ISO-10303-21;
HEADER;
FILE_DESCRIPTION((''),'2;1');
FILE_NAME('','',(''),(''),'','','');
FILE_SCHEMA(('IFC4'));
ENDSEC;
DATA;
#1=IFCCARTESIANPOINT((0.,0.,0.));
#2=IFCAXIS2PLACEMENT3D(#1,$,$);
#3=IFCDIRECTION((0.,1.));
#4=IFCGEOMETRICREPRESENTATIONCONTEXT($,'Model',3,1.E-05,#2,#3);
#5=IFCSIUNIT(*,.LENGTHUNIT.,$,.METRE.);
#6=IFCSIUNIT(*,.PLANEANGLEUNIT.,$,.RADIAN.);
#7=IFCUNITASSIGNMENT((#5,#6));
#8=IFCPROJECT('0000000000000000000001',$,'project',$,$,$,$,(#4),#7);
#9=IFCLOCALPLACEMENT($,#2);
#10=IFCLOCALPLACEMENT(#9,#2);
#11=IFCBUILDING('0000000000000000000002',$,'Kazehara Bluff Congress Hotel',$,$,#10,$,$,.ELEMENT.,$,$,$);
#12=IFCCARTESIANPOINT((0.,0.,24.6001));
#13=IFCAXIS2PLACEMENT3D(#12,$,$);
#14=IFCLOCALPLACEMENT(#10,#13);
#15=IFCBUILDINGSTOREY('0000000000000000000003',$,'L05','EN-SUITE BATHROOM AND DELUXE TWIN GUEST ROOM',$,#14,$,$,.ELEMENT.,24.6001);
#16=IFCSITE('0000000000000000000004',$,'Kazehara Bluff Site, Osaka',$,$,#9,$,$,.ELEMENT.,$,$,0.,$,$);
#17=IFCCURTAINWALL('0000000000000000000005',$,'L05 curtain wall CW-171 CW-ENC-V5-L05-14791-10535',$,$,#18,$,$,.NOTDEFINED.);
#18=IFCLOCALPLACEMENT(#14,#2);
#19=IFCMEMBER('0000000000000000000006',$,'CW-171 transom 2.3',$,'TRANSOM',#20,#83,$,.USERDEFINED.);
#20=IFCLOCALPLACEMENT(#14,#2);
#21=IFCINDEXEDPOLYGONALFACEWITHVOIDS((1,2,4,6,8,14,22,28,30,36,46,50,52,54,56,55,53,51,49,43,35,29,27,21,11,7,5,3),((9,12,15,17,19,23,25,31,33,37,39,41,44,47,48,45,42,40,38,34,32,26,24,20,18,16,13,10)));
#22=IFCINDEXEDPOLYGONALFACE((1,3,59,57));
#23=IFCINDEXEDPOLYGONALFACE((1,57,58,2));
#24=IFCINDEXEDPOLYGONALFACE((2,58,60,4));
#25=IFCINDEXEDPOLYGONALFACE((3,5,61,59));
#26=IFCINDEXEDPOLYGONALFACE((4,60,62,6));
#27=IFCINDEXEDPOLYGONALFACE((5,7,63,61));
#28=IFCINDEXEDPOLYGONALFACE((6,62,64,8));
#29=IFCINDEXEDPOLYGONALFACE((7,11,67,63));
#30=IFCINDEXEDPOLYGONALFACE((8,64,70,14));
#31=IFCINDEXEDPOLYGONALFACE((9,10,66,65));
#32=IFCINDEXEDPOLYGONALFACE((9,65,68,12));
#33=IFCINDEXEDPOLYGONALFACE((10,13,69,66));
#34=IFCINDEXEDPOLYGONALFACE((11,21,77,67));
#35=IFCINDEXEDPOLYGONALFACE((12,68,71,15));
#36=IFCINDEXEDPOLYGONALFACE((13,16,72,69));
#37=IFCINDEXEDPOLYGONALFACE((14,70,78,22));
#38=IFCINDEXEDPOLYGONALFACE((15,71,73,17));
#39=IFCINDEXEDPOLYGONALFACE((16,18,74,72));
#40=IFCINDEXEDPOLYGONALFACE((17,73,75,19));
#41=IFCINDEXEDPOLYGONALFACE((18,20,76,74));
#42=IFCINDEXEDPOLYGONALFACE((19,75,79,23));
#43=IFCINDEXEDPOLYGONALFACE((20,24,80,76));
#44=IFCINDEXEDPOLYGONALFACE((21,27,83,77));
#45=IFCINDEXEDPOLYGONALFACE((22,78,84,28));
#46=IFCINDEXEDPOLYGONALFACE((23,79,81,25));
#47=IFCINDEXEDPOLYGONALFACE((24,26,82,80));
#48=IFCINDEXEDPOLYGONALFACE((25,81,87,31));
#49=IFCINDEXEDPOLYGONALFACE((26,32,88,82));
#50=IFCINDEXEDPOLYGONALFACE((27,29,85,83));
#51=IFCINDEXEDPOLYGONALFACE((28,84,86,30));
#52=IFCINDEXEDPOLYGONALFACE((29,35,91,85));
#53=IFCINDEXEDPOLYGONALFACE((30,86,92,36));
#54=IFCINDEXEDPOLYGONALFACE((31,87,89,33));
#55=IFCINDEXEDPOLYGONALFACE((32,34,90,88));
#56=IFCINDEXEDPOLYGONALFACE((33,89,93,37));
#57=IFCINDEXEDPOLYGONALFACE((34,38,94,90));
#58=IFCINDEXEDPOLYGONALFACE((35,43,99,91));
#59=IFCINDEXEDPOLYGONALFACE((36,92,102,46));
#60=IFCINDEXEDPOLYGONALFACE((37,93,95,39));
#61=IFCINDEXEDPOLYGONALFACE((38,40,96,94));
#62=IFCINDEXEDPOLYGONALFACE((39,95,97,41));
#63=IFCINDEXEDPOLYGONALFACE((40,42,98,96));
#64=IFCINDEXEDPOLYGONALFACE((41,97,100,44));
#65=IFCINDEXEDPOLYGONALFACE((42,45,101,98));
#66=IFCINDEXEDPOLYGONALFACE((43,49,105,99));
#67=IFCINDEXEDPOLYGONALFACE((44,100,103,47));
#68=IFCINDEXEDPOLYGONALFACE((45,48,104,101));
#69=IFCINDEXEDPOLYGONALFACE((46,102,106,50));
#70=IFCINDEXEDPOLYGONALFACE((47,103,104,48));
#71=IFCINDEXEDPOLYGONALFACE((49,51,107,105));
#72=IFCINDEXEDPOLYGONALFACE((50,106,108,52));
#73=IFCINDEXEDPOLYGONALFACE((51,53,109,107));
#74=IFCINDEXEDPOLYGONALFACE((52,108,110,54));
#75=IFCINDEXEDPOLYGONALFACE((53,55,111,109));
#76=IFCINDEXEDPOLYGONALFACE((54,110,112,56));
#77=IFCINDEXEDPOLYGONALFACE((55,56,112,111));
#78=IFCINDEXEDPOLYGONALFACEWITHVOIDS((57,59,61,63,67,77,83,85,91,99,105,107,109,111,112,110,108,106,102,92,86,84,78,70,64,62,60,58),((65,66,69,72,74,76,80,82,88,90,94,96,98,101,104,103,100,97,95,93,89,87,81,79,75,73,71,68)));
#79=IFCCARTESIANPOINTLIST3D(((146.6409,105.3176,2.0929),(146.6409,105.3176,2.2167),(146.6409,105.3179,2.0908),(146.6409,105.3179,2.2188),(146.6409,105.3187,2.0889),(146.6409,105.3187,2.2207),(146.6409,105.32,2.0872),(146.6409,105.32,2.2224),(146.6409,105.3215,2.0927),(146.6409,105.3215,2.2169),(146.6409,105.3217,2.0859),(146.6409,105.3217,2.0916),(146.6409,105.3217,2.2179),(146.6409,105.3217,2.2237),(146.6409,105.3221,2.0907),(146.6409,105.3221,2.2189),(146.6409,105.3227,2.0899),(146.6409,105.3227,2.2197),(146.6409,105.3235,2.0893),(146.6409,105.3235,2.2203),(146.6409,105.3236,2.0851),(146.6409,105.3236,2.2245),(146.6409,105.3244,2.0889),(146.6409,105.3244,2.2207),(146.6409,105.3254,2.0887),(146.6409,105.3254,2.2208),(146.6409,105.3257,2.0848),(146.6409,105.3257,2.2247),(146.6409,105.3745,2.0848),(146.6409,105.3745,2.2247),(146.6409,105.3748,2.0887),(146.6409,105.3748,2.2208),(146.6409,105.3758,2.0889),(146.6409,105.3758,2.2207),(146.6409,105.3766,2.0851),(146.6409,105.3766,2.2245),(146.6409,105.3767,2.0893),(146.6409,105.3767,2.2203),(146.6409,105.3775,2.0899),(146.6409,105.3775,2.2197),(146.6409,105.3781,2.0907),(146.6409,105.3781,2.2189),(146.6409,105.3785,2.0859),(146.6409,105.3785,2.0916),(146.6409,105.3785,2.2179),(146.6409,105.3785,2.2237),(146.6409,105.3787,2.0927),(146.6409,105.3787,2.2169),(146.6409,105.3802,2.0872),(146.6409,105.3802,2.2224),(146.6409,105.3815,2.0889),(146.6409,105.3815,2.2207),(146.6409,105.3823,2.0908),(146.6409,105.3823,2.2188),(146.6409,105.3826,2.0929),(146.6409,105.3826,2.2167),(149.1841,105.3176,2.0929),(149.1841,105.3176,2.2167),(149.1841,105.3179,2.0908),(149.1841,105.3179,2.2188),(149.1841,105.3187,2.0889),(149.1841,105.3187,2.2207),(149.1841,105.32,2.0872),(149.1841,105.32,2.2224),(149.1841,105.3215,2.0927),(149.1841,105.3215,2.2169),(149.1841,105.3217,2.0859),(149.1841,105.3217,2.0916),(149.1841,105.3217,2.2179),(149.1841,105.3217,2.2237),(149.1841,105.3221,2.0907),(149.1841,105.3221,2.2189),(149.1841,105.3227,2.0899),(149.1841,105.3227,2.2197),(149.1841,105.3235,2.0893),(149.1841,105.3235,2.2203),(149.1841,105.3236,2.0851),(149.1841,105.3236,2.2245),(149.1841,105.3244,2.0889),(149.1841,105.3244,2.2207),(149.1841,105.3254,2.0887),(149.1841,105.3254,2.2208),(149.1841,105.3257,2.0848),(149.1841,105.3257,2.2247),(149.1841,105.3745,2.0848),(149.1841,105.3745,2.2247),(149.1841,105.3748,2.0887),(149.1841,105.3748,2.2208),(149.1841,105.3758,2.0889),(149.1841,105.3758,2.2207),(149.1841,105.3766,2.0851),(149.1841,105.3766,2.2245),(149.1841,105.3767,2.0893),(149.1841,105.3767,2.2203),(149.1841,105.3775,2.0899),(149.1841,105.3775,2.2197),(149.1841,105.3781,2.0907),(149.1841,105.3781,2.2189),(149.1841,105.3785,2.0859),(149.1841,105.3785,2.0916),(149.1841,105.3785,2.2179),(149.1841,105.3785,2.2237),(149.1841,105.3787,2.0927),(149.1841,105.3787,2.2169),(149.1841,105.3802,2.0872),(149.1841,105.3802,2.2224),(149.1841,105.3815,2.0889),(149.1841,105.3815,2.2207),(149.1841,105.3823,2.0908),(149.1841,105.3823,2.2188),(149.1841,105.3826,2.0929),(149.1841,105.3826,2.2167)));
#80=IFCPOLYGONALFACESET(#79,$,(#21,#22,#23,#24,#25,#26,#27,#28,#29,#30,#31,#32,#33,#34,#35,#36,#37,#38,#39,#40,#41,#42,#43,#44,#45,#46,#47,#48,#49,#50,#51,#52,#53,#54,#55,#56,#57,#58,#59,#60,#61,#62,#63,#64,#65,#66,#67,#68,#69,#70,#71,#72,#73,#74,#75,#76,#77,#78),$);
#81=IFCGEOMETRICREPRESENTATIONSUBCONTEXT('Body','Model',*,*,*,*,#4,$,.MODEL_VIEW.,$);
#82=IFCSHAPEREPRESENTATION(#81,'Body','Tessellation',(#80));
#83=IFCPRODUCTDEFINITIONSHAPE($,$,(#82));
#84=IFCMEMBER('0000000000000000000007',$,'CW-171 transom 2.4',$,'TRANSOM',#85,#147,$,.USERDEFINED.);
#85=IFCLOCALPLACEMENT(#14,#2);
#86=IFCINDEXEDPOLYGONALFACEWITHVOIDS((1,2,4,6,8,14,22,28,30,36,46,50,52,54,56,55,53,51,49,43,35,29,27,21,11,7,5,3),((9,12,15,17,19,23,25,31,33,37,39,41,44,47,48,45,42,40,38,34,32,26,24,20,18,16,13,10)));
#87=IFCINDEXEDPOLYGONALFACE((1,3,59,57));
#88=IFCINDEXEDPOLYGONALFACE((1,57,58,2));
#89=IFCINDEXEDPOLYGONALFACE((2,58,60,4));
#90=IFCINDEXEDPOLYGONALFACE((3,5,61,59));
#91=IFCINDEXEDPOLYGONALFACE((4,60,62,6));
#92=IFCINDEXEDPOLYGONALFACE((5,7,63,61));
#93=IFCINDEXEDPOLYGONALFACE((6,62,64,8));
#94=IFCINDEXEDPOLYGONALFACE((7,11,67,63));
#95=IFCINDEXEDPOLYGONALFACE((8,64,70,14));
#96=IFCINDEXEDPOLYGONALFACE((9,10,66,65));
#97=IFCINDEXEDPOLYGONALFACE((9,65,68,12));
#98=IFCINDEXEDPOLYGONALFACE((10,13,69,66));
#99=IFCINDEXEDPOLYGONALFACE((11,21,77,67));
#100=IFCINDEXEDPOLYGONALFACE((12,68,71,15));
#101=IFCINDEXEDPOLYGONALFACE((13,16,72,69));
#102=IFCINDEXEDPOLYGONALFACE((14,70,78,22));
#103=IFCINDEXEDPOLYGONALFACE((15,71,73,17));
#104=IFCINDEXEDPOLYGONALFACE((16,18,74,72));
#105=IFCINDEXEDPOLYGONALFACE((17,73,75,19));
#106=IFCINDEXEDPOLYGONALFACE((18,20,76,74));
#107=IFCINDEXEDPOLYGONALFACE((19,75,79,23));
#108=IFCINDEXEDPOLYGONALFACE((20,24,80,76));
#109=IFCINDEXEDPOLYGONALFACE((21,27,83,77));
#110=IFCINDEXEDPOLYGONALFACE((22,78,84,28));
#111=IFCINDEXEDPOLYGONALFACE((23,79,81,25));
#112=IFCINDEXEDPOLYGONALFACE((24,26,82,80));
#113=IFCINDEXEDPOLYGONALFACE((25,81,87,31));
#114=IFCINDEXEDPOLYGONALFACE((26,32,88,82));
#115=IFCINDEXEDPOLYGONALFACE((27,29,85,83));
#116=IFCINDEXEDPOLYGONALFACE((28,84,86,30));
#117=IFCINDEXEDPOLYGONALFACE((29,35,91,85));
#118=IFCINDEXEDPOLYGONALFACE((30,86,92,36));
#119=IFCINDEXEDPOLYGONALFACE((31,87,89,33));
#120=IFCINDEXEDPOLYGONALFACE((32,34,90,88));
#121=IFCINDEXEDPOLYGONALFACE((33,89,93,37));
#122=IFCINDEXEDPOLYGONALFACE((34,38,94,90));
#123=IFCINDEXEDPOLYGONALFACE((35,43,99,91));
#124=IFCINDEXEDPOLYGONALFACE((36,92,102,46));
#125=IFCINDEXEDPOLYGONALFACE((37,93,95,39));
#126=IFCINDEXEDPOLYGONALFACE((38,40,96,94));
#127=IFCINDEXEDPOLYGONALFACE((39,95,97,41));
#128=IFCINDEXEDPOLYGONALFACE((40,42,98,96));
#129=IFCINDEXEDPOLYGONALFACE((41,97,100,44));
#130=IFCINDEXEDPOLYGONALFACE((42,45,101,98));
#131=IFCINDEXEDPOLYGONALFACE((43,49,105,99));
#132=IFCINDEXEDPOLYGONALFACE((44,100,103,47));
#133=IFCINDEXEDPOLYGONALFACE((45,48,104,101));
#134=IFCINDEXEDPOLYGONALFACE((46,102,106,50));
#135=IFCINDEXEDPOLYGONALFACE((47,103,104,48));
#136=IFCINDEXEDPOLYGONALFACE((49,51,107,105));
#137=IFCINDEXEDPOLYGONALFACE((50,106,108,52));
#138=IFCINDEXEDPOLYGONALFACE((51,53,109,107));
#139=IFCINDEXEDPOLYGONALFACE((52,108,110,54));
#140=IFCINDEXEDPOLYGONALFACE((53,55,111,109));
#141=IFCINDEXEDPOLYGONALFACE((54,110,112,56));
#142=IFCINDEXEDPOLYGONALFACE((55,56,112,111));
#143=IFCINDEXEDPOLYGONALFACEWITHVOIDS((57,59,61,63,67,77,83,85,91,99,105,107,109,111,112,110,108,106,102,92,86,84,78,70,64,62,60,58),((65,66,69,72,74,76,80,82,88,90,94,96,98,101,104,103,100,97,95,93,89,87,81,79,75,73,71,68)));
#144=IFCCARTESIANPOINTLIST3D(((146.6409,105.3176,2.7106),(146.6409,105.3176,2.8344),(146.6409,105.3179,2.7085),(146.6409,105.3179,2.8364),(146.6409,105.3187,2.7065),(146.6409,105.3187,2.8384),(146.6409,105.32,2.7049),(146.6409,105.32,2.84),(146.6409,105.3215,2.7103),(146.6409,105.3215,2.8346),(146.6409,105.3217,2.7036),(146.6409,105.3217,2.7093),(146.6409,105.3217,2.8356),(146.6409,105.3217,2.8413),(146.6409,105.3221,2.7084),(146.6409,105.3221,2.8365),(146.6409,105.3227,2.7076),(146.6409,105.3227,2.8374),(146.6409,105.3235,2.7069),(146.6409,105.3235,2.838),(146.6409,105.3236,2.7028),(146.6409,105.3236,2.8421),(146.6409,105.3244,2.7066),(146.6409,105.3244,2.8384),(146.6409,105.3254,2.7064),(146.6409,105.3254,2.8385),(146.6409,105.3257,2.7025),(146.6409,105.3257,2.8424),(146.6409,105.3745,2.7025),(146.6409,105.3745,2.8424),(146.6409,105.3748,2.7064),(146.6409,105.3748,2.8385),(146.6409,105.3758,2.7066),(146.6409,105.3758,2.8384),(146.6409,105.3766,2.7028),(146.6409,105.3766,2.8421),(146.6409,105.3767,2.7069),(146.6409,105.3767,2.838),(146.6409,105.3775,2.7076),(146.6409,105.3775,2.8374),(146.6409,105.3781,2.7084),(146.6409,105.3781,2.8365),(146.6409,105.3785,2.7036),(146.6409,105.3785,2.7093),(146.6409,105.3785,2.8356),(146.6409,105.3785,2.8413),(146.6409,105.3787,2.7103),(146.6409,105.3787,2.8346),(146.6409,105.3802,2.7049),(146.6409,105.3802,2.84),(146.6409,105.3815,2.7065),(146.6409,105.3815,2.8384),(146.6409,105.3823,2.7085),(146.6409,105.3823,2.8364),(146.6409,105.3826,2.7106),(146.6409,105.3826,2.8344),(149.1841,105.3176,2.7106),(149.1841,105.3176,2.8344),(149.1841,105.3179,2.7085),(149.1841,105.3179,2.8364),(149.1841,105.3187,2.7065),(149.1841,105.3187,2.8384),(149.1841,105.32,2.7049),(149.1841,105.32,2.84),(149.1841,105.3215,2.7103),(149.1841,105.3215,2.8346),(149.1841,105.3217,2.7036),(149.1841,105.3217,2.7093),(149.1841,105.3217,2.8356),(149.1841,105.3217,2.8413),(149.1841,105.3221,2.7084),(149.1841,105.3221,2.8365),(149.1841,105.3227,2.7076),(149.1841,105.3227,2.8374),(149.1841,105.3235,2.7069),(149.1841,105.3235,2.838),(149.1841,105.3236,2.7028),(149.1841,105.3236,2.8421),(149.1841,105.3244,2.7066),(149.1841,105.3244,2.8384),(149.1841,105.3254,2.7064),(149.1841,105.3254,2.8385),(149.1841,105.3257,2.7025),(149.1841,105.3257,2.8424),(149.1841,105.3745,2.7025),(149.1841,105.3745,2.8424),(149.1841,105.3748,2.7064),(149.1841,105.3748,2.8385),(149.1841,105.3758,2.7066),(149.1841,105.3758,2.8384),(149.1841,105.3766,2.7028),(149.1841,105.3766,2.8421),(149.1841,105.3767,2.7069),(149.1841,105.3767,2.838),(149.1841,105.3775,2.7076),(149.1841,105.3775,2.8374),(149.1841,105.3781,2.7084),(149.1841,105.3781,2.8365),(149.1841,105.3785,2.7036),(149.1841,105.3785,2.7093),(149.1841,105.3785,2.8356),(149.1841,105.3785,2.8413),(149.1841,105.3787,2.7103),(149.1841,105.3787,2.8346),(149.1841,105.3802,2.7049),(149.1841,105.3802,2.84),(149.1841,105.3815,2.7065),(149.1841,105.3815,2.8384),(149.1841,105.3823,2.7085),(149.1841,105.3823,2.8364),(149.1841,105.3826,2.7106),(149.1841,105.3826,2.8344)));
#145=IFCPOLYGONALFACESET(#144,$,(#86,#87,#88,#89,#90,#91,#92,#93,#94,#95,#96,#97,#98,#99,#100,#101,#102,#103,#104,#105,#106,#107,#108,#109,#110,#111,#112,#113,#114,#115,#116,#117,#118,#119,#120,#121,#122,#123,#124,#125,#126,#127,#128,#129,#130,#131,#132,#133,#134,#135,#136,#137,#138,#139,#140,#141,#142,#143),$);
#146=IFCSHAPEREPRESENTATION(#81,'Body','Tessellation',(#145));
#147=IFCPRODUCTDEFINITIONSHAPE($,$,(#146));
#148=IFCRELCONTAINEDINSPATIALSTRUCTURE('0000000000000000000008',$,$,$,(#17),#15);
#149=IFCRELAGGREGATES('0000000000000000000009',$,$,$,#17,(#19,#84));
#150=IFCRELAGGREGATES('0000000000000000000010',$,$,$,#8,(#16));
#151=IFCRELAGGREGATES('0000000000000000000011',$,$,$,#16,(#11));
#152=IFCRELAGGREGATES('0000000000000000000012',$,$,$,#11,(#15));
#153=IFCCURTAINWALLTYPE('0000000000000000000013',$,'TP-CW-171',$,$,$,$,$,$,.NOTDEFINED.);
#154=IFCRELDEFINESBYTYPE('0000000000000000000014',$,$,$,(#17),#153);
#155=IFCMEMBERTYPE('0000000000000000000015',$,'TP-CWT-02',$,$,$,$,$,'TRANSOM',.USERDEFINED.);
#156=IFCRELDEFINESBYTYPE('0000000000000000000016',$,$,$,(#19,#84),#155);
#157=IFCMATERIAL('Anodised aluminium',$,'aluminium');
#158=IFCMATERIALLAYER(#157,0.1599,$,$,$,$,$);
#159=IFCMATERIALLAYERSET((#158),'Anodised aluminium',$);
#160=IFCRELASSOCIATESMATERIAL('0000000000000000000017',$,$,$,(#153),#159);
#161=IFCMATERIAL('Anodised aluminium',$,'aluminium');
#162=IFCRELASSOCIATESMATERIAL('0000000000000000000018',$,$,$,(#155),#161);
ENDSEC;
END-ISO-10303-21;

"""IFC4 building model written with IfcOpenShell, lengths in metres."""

from ifc_helpers import new_model, si_unit, direction, frame, origin, origin_2d, place, context, subcontext, project, spatial, hollow_rectangle, extrude, material, layer, layer_set, material_profile, profile_set, type_object, element, aggregate, save


model = new_model("IFC4")

# Units and contexts
model_context = context("Model", 3, precision=1e-05, world=origin(), true_north=direction((0.0, 1.0)))
body_context = subcontext(model_context, "Body", "Model", "MODEL_VIEW")
ifc_project = project(units=[si_unit("LENGTHUNIT", "METRE"), si_unit("PLANEANGLEUNIT", "RADIAN")], contexts=[model_context])

# Site, building, storey
site_placement = place(None, origin())
site = spatial("IfcSite", under=ifc_project, at=site_placement, Name="Kazehara Bluff Site, Osaka", CompositionType="ELEMENT", RefElevation=0.0)
building_placement = place(site_placement, origin())
building = spatial("IfcBuilding", under=site, at=building_placement, Name="Kazehara Bluff Congress Hotel", CompositionType="ELEMENT")
storey_placement = place(building_placement, frame((0.0, 0.0, 24.6001)))
storey = spatial("IfcBuildingStorey", under=building, at=storey_placement, Name="L05", Description="EN-SUITE BATHROOM AND DELUXE TWIN GUEST ROOM", CompositionType="ELEMENT", Elevation=24.6001)

# Curtain wall
ifc_material_1 = material(Name="Anodised aluminium", Category="aluminium")
ifc_layer_1 = layer(ifc_material_1, 0.1599)
ifc_layer_set_1 = layer_set([ifc_layer_1], Name="Anodised aluminium")
curtain_wall_type_1 = type_object("IfcCurtainWallType", Name="TP-CW-171", PredefinedType="NOTDEFINED", material=ifc_layer_set_1)
curtain_wall_1_placement = place(storey_placement, origin())
curtain_wall_1 = element("IfcCurtainWall", 1, at=curtain_wall_1_placement, inside=storey, type_object=curtain_wall_type_1, Name="L05 curtain wall CW-171 CW-ENC-V5-L05-14791-10535", PredefinedType="NOTDEFINED")

# Members
ifc_material_2 = material(Name="Anodised aluminium", Category="aluminium")
ifc_material_profile_1 = material_profile(ifc_material_2, hollow_rectangle(XDim=0.0649, YDim=0.1399, WallThickness=0.0039, InnerFilletRadius=0.0039, OuterFilletRadius=0.0081, at=origin_2d()))
ifc_profile_set_1 = profile_set([ifc_material_profile_1], Name="Anodised aluminium")
member_type_1 = type_object("IfcMemberType", Name="TP-CWT-02", ElementType="TRANSOM", PredefinedType="USERDEFINED", material=ifc_profile_set_1)
member_1_placement = place(storey_placement, frame((146.6409, 105.3501, 2.1548), z_axis=(1.0, 0.0, 0.0), x_axis=(0.0, 1.0, 0.0)))
member_1 = element("IfcMember", 2, at=member_1_placement, type_object=member_type_1, Name="CW-171 transom 2.3", ObjectType="TRANSOM", PredefinedType="USERDEFINED", context=body_context, shape_type="SweptSolid", body=[
    extrude(hollow_rectangle(XDim=0.0649, YDim=0.1399, WallThickness=0.0039, InnerFilletRadius=0.0039, OuterFilletRadius=0.0081, at=origin_2d()), origin(), (0.0, 0.0, 1.0), 2.5432),
])
member_2_placement = place(storey_placement, frame((146.6409, 105.3501, 2.7725), z_axis=(1.0, 0.0, 0.0), x_axis=(0.0, 1.0, 0.0)))
member_2 = element("IfcMember", 3, at=member_2_placement, type_object=member_type_1, Name="CW-171 transom 2.4", ObjectType="TRANSOM", PredefinedType="USERDEFINED", context=body_context, shape_type="SweptSolid", body=[
    extrude(hollow_rectangle(XDim=0.0649, YDim=0.1399, WallThickness=0.0039, InnerFilletRadius=0.0039, OuterFilletRadius=0.0081, at=origin_2d()), origin(), (0.0, 0.0, 1.0), 2.5432),
])

aggregate(curtain_wall_1, [member_1, member_2])

save(model, "model.ifc")
